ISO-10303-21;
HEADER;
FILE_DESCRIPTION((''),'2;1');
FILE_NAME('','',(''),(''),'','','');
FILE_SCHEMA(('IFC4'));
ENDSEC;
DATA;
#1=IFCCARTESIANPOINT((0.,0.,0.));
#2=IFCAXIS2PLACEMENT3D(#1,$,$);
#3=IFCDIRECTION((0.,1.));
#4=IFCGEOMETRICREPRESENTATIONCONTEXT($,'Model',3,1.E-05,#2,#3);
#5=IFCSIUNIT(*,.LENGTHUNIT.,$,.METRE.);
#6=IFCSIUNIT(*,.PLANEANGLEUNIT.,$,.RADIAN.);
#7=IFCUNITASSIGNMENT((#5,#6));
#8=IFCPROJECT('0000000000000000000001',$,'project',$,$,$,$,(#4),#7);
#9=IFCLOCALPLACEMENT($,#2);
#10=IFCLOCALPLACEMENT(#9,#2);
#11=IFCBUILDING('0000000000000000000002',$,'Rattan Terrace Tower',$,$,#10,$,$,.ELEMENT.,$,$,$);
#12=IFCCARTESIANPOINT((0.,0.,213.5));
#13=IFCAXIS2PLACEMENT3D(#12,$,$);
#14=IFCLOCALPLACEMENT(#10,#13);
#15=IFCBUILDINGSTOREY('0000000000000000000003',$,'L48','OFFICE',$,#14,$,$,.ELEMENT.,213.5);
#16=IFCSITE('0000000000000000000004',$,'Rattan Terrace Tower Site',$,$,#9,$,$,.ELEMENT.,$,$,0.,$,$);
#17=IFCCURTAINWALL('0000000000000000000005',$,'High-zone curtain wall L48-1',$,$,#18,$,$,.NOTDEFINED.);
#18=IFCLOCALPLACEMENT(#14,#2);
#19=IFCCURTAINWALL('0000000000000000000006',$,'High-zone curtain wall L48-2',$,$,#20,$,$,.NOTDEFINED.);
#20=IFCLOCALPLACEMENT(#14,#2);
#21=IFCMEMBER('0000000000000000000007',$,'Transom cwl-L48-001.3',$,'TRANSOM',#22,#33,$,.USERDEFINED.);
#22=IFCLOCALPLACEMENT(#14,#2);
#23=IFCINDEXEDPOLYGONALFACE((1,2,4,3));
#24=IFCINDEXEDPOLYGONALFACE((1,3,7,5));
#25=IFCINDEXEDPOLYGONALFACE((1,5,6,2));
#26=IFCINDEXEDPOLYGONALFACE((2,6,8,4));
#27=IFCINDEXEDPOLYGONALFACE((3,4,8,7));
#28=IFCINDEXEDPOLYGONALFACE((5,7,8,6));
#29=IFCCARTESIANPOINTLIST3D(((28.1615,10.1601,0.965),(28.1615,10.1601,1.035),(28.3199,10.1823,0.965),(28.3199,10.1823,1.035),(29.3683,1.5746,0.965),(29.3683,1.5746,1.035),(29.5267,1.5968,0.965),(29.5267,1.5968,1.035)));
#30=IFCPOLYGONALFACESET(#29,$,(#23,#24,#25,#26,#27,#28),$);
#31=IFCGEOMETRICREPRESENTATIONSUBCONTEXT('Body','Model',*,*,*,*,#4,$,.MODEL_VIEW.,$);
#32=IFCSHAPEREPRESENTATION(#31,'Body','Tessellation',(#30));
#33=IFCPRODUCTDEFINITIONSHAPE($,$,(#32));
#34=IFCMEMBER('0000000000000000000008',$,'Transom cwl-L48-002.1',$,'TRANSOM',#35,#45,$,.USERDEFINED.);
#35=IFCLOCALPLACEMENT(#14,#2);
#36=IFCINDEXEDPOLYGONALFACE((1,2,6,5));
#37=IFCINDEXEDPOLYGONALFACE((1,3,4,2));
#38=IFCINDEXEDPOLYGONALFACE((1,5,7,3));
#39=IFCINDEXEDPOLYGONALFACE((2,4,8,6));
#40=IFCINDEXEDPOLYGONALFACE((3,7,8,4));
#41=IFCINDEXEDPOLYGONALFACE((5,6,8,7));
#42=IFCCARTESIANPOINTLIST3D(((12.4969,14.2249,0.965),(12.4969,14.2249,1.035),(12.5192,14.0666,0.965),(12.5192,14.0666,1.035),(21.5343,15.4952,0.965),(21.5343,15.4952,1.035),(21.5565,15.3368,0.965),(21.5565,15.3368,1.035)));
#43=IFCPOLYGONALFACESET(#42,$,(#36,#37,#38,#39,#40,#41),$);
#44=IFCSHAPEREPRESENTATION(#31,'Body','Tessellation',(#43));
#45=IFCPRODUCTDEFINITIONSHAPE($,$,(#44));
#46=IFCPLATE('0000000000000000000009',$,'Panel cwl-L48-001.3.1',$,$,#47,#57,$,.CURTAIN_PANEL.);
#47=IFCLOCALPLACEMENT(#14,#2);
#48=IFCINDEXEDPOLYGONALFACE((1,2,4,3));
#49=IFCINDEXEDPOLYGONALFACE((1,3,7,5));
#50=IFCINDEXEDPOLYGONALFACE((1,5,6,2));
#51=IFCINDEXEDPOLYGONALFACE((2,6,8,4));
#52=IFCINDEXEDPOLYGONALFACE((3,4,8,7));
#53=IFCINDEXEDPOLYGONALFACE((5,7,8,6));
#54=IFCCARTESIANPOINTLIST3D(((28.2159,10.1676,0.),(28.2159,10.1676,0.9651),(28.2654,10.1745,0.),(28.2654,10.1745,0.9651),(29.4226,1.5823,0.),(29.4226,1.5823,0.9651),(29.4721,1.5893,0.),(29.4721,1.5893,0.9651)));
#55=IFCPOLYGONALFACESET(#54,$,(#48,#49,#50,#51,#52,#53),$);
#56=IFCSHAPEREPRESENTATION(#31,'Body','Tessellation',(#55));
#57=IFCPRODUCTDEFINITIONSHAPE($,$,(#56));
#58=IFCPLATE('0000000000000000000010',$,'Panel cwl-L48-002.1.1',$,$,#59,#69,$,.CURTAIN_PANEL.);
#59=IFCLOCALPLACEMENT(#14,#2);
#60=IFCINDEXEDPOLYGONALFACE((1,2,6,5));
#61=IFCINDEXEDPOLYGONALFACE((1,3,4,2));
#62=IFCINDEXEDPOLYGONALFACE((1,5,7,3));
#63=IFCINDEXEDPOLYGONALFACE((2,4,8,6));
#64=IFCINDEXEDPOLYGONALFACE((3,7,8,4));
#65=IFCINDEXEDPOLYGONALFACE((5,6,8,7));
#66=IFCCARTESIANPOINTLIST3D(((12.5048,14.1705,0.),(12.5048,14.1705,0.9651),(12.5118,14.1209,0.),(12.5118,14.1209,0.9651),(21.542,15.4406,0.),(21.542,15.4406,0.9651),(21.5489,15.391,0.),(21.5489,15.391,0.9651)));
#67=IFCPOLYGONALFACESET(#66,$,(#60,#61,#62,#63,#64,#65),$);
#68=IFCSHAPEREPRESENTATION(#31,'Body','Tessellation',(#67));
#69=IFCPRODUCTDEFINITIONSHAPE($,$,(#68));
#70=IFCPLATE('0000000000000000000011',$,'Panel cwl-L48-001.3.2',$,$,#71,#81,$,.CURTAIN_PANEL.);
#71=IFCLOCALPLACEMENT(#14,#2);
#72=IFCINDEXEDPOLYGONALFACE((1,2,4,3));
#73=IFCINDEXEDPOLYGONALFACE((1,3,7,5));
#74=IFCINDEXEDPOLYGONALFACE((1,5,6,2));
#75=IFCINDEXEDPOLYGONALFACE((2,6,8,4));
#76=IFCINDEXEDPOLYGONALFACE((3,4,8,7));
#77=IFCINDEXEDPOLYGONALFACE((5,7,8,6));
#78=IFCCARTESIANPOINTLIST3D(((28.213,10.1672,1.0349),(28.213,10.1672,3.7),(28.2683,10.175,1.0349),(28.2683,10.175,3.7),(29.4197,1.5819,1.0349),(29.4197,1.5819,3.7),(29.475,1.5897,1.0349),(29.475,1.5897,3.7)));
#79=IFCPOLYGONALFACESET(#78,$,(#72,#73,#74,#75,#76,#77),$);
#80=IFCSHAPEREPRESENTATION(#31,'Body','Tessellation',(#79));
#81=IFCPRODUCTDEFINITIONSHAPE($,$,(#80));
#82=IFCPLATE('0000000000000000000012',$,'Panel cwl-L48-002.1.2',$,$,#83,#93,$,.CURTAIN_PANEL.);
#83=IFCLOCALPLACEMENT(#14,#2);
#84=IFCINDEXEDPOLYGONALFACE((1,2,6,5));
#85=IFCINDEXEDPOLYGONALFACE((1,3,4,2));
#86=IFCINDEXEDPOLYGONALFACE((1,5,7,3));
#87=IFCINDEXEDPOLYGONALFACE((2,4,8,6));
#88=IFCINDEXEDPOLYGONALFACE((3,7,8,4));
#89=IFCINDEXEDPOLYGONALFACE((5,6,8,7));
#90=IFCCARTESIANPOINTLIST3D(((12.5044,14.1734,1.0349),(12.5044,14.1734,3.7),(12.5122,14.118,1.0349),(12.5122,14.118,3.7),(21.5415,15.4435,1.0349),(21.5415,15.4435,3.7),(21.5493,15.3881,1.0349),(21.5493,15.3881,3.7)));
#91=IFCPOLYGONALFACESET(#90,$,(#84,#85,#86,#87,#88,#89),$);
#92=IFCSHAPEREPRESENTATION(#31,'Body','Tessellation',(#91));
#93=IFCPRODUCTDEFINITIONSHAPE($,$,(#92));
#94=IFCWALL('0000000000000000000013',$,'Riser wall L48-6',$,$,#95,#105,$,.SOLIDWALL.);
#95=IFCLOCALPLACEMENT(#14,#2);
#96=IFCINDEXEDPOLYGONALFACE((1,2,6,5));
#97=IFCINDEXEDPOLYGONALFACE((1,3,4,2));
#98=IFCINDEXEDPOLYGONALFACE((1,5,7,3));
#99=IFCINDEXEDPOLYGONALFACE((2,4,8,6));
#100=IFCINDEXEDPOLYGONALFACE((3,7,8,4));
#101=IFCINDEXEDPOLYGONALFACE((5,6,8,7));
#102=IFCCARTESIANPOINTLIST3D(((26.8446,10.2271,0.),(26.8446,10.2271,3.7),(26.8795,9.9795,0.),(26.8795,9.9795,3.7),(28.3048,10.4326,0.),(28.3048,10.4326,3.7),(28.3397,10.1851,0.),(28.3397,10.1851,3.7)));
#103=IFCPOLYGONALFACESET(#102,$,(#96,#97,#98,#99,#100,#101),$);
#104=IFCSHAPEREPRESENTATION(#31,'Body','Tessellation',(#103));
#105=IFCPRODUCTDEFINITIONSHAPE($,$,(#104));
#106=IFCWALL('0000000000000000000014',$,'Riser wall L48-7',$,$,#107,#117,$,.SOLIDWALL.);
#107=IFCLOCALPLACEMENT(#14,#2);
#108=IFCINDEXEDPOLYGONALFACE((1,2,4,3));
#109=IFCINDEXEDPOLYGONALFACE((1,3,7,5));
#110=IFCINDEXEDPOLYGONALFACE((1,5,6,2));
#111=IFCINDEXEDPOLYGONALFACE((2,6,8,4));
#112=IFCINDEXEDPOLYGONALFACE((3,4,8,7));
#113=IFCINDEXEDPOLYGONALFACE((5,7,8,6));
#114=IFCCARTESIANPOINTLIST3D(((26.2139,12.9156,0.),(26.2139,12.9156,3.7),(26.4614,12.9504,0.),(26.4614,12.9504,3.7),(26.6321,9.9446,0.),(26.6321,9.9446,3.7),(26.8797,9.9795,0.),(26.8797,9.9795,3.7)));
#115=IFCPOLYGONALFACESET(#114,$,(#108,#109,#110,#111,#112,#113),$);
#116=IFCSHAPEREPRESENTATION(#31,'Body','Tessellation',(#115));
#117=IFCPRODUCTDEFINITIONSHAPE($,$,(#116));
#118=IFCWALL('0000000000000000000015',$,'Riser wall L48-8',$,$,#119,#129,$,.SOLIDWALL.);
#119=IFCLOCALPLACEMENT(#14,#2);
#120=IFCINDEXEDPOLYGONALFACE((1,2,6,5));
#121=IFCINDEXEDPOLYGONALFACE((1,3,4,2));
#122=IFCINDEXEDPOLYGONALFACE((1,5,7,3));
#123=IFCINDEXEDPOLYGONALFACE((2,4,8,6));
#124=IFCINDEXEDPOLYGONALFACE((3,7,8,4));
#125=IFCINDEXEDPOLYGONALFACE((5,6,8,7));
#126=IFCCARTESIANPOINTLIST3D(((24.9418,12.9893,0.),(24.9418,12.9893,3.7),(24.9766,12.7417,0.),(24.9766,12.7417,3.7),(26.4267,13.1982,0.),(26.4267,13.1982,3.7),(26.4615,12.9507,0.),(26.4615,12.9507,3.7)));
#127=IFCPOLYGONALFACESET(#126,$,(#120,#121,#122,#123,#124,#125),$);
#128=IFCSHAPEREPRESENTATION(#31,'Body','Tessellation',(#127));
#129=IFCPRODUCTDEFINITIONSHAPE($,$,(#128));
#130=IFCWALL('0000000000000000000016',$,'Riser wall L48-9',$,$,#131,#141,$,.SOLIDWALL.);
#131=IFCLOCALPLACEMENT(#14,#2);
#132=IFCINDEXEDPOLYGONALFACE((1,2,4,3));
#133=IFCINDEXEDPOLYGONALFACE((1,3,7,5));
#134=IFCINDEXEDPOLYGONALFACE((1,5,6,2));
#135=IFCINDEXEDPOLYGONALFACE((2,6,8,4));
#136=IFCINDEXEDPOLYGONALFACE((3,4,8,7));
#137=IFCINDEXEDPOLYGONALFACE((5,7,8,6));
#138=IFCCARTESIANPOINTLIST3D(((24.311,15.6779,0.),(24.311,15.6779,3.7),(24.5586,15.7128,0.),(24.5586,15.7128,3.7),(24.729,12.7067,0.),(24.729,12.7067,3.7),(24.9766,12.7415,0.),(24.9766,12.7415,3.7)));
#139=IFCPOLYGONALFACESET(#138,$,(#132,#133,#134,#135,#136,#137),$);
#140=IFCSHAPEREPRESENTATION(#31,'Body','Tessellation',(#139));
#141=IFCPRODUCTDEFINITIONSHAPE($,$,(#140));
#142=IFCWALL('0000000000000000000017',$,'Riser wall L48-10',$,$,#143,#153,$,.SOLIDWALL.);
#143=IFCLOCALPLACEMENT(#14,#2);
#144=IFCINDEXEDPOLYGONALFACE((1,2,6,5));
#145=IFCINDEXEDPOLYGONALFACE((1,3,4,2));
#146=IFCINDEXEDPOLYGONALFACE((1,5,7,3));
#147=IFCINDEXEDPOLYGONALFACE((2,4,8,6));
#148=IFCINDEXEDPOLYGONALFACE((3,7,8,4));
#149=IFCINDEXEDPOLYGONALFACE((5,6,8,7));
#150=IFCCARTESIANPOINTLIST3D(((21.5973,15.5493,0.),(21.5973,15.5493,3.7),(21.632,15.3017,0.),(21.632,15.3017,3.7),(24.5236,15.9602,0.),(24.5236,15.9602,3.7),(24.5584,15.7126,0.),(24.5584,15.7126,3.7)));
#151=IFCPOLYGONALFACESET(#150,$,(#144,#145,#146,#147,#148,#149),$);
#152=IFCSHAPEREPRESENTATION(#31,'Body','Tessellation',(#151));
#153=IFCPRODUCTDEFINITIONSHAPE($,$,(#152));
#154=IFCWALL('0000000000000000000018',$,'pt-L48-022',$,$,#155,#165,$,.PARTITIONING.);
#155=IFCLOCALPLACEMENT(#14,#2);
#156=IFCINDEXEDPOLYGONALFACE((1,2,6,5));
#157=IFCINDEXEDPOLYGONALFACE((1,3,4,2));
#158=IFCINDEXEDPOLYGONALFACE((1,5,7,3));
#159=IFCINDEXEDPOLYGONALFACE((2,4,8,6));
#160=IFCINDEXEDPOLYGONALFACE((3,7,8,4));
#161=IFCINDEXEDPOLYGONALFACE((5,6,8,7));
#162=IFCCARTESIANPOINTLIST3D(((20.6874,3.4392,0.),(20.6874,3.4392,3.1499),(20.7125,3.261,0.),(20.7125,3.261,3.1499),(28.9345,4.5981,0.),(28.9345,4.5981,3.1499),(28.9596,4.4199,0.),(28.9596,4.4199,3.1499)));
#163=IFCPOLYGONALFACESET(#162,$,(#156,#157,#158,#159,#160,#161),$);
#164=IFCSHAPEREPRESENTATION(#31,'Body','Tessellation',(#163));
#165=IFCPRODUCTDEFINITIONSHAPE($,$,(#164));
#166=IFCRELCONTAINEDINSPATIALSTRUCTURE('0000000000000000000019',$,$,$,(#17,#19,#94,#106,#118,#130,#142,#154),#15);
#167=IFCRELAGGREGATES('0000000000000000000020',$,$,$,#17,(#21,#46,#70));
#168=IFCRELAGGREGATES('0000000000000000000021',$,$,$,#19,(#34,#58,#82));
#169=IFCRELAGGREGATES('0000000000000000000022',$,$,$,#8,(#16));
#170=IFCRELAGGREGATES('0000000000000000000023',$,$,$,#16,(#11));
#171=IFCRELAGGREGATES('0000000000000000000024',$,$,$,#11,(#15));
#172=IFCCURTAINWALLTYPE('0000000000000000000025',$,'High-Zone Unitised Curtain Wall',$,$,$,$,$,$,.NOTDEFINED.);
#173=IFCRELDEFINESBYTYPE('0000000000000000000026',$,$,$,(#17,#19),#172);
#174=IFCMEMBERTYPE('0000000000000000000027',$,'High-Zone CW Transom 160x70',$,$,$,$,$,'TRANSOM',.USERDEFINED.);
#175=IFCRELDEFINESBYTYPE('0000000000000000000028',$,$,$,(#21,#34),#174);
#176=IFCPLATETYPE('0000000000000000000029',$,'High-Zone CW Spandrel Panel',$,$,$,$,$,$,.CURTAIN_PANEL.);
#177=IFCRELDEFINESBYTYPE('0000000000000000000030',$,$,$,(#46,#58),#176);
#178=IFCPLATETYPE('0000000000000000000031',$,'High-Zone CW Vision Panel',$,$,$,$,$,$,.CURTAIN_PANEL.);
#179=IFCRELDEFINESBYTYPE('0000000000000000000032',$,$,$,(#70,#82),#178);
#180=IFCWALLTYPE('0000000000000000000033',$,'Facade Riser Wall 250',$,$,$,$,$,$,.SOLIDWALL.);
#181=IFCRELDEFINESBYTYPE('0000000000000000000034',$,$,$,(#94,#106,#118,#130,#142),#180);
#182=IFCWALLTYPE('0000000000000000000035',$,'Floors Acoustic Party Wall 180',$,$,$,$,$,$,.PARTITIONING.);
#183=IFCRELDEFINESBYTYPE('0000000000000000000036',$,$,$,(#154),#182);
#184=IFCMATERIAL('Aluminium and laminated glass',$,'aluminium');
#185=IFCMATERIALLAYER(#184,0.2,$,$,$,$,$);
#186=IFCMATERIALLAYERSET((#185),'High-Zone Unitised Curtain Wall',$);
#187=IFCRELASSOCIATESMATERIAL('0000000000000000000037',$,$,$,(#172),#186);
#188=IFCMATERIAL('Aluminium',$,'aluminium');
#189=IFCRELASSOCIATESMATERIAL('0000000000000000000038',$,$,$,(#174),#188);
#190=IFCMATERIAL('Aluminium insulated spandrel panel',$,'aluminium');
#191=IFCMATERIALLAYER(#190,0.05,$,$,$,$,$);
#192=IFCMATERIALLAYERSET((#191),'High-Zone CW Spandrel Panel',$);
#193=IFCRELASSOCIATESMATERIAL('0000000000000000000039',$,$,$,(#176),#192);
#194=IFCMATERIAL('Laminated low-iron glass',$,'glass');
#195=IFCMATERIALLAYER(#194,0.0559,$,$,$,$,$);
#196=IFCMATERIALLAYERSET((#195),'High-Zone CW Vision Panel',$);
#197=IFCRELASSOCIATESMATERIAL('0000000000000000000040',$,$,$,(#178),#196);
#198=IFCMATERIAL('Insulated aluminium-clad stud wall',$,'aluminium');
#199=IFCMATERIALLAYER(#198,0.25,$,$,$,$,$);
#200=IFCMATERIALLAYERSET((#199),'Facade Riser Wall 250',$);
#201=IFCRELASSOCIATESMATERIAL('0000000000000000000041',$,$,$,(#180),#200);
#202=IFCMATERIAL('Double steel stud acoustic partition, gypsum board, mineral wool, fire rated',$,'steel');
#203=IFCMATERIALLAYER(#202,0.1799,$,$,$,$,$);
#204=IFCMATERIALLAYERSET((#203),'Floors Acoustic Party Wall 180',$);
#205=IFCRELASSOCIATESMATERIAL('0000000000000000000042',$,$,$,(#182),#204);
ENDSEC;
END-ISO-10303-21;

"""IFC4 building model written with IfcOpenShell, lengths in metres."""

from ifc_helpers import new_model, si_unit, direction, frame, frame_2d, origin, origin_2d, place, context, subcontext, project, spatial, rectangle, extrude, material, layer, layer_set, material_profile, profile_set, type_object, element, aggregate, save


model = new_model("IFC4")

# Units and contexts
model_context = context("Model", 3, precision=1e-05, world=origin(), true_north=direction((0.0, 1.0)))
body_context = subcontext(model_context, "Body", "Model", "MODEL_VIEW")
ifc_project = project(units=[si_unit("LENGTHUNIT", "METRE"), si_unit("PLANEANGLEUNIT", "RADIAN")], contexts=[model_context])

# Site, building, storey
site_placement = place(None, origin())
site = spatial("IfcSite", under=ifc_project, at=site_placement, Name="Rattan Terrace Tower Site", CompositionType="ELEMENT", RefElevation=0.0)
building_placement = place(site_placement, origin())
building = spatial("IfcBuilding", under=site, at=building_placement, Name="Rattan Terrace Tower", CompositionType="ELEMENT")
storey_placement = place(building_placement, frame((0.0, 0.0, 213.5)))
storey = spatial("IfcBuildingStorey", under=building, at=storey_placement, Name="L48", Description="OFFICE", CompositionType="ELEMENT", Elevation=213.5)

# Curtain walls
ifc_material_1 = material(Name="Aluminium and laminated glass", Category="aluminium")
ifc_layer_1 = layer(ifc_material_1, 0.2)
ifc_layer_set_1 = layer_set([ifc_layer_1], Name="High-Zone Unitised Curtain Wall")
curtain_wall_type = type_object("IfcCurtainWallType", Name="High-Zone Unitised Curtain Wall", PredefinedType="NOTDEFINED", material=ifc_layer_set_1)
curtain_wall_1_placement = place(storey_placement, origin())
curtain_wall_1 = element("IfcCurtainWall", 1, at=curtain_wall_1_placement, inside=storey, type_object=curtain_wall_type, Name="High-zone curtain wall L48-1", PredefinedType="NOTDEFINED")
curtain_wall_2_placement = place(storey_placement, origin())
curtain_wall_2 = element("IfcCurtainWall", 2, at=curtain_wall_2_placement, inside=storey, type_object=curtain_wall_type, Name="High-zone curtain wall L48-2", PredefinedType="NOTDEFINED")

# Members
ifc_material_2 = material(Name="Aluminium", Category="aluminium")
ifc_material_profile_1 = material_profile(ifc_material_2, rectangle(XDim=0.1599, YDim=0.0701, at=origin_2d()), Name="Aluminium 160x70")
ifc_profile_set_1 = profile_set([ifc_material_profile_1], Name="Aluminium")
member_type_1 = type_object("IfcMemberType", Name="High-Zone CW Transom 160x70", ElementType="TRANSOM", PredefinedType="USERDEFINED", material=ifc_profile_set_1)
member_1_placement = place(storey_placement, frame((29.4475, 1.5857, 1.0), z_axis=(-0.139194, 0.990265, 0.0), x_axis=(-0.990265, -0.139194, 0.0)))
member_1 = element("IfcMember", 3, at=member_1_placement, type_object=member_type_1, Name="Transom cwl-L48-001.3", ObjectType="TRANSOM", PredefinedType="USERDEFINED", context=body_context, shape_type="SweptSolid", body=[
    extrude(rectangle(XDim=0.1599, YDim=0.0701, at=origin_2d()), origin(), (0.0, 0.0, 1.0), 8.6699),
])
member_2_placement = place(storey_placement, frame((21.5454, 15.416, 1.0), z_axis=(-0.990266, -0.139189, 0.0), x_axis=(0.139189, -0.990266, 0.0)))
member_2 = element("IfcMember", 4, at=member_2_placement, type_object=member_type_1, Name="Transom cwl-L48-002.1", ObjectType="TRANSOM", PredefinedType="USERDEFINED", context=body_context, shape_type="SweptSolid", body=[
    extrude(rectangle(XDim=0.1599, YDim=0.0701, at=origin_2d()), origin(), (0.0, 0.0, 1.0), 9.1262),
])

# Plates
ifc_material_3 = material(Name="Aluminium insulated spandrel panel", Category="aluminium")
ifc_layer_2 = layer(ifc_material_3, 0.05)
ifc_layer_set_2 = layer_set([ifc_layer_2], Name="High-Zone CW Spandrel Panel")
plate_type_1 = type_object("IfcPlateType", Name="High-Zone CW Spandrel Panel", PredefinedType="CURTAIN_PANEL", material=ifc_layer_set_2)
plate_1_placement = place(storey_placement, frame((28.844, 5.8784, 0.0), z_axis=(0.0, 0.0, 1.0), x_axis=(-0.139186, 0.990266, 0.0)))
plate_1 = element("IfcPlate", 5, at=plate_1_placement, type_object=plate_type_1, Name="Panel cwl-L48-001.3.1", PredefinedType="CURTAIN_PANEL", context=body_context, shape_type="SweptSolid", body=[
    extrude(rectangle(XDim=8.6697, YDim=0.05, at=origin_2d()), origin(), (0.0, 0.0, 1.0), 0.9651),
])
plate_2_placement = place(storey_placement, frame((17.0269, 14.7808, 0.0), z_axis=(0.0, 0.0, 1.0), x_axis=(-0.990267, -0.139177, 0.0)))
plate_2 = element("IfcPlate", 6, at=plate_2_placement, type_object=plate_type_1, Name="Panel cwl-L48-002.1.1", PredefinedType="CURTAIN_PANEL", context=body_context, shape_type="SweptSolid", body=[
    extrude(rectangle(XDim=9.126, YDim=0.05, at=origin_2d()), origin(), (0.0, 0.0, 1.0), 0.9651),
])
ifc_material_4 = material(Name="Laminated low-iron glass", Category="glass")
ifc_layer_3 = layer(ifc_material_4, 0.0559)
ifc_layer_set_3 = layer_set([ifc_layer_3], Name="High-Zone CW Vision Panel")
plate_type_2 = type_object("IfcPlateType", Name="High-Zone CW Vision Panel", PredefinedType="CURTAIN_PANEL", material=ifc_layer_set_3)
plate_3_placement = place(storey_placement, frame((28.844, 5.8784, 1.0349), z_axis=(0.0, 0.0, 1.0), x_axis=(-0.139186, 0.990266, 0.0)))
plate_3 = element("IfcPlate", 7, at=plate_3_placement, type_object=plate_type_2, Name="Panel cwl-L48-001.3.2", PredefinedType="CURTAIN_PANEL", context=body_context, shape_type="SweptSolid", body=[
    extrude(rectangle(XDim=8.6697, YDim=0.0559, at=origin_2d()), origin(), (0.0, 0.0, 1.0), 2.665),
])
aggregate(curtain_wall_1, [member_1, plate_1, plate_3])
plate_4_placement = place(storey_placement, frame((17.0269, 14.7808, 1.0349), z_axis=(0.0, 0.0, 1.0), x_axis=(-0.990267, -0.139177, 0.0)))
plate_4 = element("IfcPlate", 8, at=plate_4_placement, type_object=plate_type_2, Name="Panel cwl-L48-002.1.2", PredefinedType="CURTAIN_PANEL", context=body_context, shape_type="SweptSolid", body=[
    extrude(rectangle(XDim=9.126, YDim=0.0559, at=origin_2d()), origin(), (0.0, 0.0, 1.0), 2.665),
])
aggregate(curtain_wall_2, [member_2, plate_2, plate_4])

# Walls
ifc_material_5 = material(Name="Insulated aluminium-clad stud wall", Category="aluminium")
ifc_layer_4 = layer(ifc_material_5, 0.25)
ifc_layer_set_4 = layer_set([ifc_layer_4], Name="Facade Riser Wall 250")
wall_type_1 = type_object("IfcWallType", Name="Facade Riser Wall 250", PredefinedType="SOLIDWALL", material=ifc_layer_set_4)
wall_1_placement = place(storey_placement, frame((28.3223, 10.3088, 0.0), z_axis=(0.0, 0.0, 1.0), x_axis=(-0.990236, -0.139404, 0.0)))
element("IfcWall", 9, at=wall_1_placement, inside=storey, type_object=wall_type_1, Name="Riser wall L48-6", PredefinedType="SOLIDWALL", context=body_context, shape_type="SweptSolid", body=[
    extrude(rectangle(XDim=1.4746, YDim=0.25, at=frame_2d((0.7373, 0.0))), origin(), (0.0, 0.0, 1.0), 3.7),
])
wall_2_placement = place(storey_placement, frame((26.7559, 9.9622, 0.0), z_axis=(0.0, 0.0, 1.0), x_axis=(-0.139393, 0.990237, 0.0)))
element("IfcWall", 10, at=wall_2_placement, inside=storey, type_object=wall_type_1, Name="Riser wall L48-7", PredefinedType="SOLIDWALL", context=body_context, shape_type="SweptSolid", body=[
    extrude(rectangle(XDim=3.0002, YDim=0.25, at=frame_2d((1.5, 0.0))), origin(), (0.0, 0.0, 1.0), 3.7),
])
wall_3_placement = place(storey_placement, frame((26.4441, 13.0745, 0.0), z_axis=(0.0, 0.0, 1.0), x_axis=(-0.99024, -0.13937, 0.0)))
element("IfcWall", 11, at=wall_3_placement, inside=storey, type_object=wall_type_1, Name="Riser wall L48-8", PredefinedType="SOLIDWALL", context=body_context, shape_type="SweptSolid", body=[
    extrude(rectangle(XDim=1.4995, YDim=0.25, at=frame_2d((0.7498, 0.0))), origin(), (0.0, 0.0, 1.0), 3.7),
])
wall_4_placement = place(storey_placement, frame((24.8528, 12.7241, 0.0), z_axis=(0.0, 0.0, 1.0), x_axis=(-0.139302, 0.99025, 0.0)))
element("IfcWall", 12, at=wall_4_placement, inside=storey, type_object=wall_type_1, Name="Riser wall L48-9", PredefinedType="SOLIDWALL", context=body_context, shape_type="SweptSolid", body=[
    extrude(rectangle(XDim=3.0005, YDim=0.25, at=frame_2d((1.5002, 0.0))), origin(), (0.0, 0.0, 1.0), 3.7),
])
wall_5_placement = place(storey_placement, frame((24.541, 15.8364, 0.0), z_axis=(0.0, 0.0, 1.0), x_axis=(-0.990285, -0.13905, 0.0)))
element("IfcWall", 13, at=wall_5_placement, inside=storey, type_object=wall_type_1, Name="Riser wall L48-10", PredefinedType="SOLIDWALL", context=body_context, shape_type="SweptSolid", body=[
    extrude(rectangle(XDim=2.9551, YDim=0.25, at=frame_2d((1.4775, 0.0))), origin(), (0.0, 0.0, 1.0), 3.7),
])
ifc_material_6 = material(Name="Double steel stud acoustic partition, gypsum board, mineral wool, fire rated", Category="steel")
ifc_layer_5 = layer(ifc_material_6, 0.1799)
ifc_layer_set_5 = layer_set([ifc_layer_5], Name="Floors Acoustic Party Wall 180")
wall_type_2 = type_object("IfcWallType", Name="Floors Acoustic Party Wall 180", PredefinedType="PARTITIONING", material=ifc_layer_set_5)
wall_6_placement = place(storey_placement, frame((20.7, 3.3501, 0.0), z_axis=(0.0, 0.0, 1.0), x_axis=(0.99027, 0.13916, 0.0)))
element("IfcWall", 14, at=wall_6_placement, inside=storey, type_object=wall_type_2, Name="pt-L48-022", PredefinedType="PARTITIONING", context=body_context, shape_type="SweptSolid", body=[
    extrude(rectangle(XDim=8.3281, YDim=0.1799, at=frame_2d((4.1641, 0.0))), origin(), (0.0, 0.0, 1.0), 3.1499),
])

save(model, "model.ifc")
